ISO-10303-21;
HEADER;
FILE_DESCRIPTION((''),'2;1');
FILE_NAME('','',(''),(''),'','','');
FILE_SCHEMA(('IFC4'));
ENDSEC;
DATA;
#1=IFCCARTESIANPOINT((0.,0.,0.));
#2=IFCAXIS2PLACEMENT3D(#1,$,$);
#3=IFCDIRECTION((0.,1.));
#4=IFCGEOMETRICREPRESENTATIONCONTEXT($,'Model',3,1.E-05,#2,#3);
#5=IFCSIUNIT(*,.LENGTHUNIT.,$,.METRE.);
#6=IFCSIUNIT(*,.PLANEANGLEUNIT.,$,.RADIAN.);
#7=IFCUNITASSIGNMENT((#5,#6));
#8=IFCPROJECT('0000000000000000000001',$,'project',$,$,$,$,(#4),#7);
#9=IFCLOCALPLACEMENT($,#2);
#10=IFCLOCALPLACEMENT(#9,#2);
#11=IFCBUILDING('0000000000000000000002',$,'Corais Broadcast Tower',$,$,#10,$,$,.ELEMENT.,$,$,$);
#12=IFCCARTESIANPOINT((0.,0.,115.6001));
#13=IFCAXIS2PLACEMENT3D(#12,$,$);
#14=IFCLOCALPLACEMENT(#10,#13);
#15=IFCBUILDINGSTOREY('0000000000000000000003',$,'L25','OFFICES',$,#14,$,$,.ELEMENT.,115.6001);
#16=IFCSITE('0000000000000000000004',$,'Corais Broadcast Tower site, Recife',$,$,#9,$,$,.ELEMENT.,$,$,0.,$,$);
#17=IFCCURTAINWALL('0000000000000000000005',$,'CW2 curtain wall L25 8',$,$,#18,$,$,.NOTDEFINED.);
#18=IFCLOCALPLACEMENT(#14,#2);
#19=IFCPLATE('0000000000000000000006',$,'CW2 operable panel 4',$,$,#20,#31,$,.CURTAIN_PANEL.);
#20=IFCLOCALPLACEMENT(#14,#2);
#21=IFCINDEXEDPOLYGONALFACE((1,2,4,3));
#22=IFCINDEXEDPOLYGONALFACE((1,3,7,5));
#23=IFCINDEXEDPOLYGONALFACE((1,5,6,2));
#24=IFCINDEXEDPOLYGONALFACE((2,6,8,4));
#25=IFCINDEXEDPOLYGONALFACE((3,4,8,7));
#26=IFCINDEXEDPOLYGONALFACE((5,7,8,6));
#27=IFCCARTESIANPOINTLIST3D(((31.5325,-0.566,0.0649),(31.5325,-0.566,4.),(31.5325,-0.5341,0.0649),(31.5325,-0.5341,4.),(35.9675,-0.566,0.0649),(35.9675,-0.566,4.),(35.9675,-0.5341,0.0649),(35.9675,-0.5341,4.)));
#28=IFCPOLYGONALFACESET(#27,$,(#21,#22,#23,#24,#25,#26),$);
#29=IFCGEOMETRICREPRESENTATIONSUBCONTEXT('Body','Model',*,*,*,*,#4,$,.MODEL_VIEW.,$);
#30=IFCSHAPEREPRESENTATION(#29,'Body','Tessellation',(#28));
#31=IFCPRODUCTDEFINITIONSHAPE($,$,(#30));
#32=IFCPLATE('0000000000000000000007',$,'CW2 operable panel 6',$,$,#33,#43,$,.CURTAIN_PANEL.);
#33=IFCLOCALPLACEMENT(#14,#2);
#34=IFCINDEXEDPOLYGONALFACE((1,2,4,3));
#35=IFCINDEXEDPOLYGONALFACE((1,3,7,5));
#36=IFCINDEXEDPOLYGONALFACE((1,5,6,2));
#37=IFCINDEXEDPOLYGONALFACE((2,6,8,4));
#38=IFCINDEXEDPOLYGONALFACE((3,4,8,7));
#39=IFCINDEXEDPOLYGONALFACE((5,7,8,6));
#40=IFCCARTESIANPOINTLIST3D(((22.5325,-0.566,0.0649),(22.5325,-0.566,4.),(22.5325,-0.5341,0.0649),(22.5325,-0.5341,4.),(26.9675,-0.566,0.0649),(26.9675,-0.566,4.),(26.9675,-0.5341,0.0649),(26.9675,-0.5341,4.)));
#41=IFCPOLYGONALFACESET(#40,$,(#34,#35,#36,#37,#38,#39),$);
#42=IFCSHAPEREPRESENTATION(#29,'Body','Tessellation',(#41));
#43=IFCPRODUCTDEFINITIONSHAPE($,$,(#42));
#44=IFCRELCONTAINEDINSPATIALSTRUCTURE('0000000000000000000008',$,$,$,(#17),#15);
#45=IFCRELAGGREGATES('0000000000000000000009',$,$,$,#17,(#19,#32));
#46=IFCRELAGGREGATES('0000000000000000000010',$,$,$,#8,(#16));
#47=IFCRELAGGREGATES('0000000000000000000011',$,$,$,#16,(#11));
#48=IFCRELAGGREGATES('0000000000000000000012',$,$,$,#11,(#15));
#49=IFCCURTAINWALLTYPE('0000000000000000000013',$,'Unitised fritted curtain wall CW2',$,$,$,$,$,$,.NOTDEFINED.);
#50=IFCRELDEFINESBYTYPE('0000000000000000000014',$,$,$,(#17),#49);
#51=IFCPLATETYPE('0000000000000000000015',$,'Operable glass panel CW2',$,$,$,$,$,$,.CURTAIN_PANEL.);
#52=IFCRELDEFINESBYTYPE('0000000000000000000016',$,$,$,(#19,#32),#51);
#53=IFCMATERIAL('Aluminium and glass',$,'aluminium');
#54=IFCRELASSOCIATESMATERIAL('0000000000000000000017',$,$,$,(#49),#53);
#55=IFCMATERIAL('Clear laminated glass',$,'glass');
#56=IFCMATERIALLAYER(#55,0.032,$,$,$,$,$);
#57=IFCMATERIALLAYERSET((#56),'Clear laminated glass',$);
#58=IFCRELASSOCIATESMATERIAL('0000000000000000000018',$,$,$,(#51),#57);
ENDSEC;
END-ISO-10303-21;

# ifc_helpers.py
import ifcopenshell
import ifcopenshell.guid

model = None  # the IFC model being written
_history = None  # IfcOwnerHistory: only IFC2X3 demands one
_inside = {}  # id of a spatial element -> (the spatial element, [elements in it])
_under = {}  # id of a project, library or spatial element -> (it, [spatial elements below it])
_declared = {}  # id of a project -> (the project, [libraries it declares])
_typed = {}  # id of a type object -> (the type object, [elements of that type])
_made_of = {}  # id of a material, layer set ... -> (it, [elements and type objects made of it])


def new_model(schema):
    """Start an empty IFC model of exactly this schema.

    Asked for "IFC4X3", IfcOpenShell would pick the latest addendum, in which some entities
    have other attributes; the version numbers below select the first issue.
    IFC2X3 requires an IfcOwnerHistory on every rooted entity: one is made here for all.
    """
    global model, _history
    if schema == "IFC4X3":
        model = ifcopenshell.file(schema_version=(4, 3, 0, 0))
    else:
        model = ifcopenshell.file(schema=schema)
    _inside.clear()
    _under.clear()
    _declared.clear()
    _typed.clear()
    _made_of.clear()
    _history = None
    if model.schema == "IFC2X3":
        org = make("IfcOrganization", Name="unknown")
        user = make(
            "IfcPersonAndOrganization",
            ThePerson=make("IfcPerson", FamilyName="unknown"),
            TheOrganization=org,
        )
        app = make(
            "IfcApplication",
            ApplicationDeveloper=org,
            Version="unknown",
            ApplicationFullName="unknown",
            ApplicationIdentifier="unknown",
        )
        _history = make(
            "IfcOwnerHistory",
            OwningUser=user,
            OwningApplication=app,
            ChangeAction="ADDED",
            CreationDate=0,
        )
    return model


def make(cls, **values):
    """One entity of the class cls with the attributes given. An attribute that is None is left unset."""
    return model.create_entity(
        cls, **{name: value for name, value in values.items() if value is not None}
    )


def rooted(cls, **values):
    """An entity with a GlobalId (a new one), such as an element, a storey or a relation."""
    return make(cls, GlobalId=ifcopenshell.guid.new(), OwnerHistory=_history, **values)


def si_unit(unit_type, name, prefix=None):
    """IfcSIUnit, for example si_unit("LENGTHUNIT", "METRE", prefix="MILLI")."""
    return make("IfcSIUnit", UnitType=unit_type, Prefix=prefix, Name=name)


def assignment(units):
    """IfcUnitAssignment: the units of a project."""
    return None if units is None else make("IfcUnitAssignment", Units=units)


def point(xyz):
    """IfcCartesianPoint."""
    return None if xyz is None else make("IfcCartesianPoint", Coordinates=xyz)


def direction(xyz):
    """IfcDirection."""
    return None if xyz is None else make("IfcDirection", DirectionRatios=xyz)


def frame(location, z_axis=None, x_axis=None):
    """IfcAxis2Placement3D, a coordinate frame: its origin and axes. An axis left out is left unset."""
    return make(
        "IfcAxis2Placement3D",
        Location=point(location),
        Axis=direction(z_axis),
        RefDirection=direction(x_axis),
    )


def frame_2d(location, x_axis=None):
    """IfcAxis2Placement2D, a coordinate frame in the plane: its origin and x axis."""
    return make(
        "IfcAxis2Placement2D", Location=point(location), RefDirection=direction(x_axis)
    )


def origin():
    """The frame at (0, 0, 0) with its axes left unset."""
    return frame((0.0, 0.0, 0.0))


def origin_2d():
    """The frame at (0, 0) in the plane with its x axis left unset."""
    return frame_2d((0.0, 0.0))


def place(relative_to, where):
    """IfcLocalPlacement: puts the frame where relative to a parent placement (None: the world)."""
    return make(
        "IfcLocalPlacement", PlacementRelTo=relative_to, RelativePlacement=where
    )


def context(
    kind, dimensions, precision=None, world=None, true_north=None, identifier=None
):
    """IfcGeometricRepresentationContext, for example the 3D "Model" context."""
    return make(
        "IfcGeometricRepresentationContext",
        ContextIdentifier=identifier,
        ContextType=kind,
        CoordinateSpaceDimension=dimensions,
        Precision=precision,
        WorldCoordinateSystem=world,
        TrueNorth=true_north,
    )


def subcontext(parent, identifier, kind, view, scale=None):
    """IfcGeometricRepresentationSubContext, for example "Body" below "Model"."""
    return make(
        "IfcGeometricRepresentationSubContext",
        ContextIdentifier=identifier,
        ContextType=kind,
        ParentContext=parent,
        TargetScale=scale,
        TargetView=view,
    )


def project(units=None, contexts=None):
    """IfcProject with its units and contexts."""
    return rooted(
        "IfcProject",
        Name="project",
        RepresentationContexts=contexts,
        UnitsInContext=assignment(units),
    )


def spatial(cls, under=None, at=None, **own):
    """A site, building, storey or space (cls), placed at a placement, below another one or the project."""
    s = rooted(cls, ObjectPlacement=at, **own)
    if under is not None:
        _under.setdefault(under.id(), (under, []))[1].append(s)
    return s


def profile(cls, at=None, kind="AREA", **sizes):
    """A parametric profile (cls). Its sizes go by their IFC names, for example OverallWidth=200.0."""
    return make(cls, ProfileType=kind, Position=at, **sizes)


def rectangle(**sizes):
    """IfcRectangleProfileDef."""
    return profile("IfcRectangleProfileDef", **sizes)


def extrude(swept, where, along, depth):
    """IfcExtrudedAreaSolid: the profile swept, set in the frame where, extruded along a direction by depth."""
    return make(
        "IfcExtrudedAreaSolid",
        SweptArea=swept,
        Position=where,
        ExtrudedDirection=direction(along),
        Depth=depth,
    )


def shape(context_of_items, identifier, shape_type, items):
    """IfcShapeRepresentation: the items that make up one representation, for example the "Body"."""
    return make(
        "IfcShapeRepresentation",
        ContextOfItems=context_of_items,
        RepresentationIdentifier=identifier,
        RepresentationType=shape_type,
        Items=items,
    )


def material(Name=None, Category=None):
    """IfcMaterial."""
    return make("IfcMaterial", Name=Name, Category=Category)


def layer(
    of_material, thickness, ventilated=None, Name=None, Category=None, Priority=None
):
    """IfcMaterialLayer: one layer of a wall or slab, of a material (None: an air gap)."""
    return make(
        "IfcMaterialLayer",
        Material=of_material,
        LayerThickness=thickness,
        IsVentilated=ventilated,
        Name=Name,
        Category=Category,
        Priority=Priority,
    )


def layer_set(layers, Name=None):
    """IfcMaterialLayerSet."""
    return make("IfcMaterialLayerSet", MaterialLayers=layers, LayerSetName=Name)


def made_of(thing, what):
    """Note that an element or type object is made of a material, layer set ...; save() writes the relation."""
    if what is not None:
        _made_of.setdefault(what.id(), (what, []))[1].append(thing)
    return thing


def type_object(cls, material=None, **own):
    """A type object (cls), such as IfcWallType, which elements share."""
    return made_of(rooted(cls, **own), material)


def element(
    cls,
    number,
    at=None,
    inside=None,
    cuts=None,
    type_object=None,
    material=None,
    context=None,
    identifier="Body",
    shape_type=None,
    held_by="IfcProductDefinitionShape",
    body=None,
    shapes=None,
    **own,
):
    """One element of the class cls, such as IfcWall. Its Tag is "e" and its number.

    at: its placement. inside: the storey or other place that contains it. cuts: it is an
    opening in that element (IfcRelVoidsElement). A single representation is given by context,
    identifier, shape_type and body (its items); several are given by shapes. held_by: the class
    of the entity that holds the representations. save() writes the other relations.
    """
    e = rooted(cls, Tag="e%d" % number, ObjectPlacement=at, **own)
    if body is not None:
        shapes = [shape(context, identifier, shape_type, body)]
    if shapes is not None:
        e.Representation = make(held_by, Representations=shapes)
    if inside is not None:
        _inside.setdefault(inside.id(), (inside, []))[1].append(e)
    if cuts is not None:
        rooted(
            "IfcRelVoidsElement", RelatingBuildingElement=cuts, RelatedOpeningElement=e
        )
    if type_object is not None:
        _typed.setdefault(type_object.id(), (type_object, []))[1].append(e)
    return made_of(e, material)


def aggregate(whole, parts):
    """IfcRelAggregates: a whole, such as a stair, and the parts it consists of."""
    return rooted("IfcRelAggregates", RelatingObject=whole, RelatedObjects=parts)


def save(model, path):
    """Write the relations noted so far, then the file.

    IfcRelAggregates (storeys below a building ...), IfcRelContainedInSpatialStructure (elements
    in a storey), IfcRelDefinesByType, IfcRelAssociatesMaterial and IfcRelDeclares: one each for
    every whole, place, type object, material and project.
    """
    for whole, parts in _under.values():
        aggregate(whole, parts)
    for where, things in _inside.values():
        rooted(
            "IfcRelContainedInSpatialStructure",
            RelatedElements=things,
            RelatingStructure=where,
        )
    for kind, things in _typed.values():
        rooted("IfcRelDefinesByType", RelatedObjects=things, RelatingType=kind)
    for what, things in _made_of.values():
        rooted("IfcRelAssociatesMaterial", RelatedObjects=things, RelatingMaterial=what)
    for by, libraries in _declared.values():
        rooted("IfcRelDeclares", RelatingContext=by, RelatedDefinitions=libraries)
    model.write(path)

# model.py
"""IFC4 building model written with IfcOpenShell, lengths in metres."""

from ifc_helpers import new_model, si_unit, direction, frame, origin, origin_2d, place, context, subcontext, project, spatial, rectangle, extrude, material, layer, layer_set, type_object, element, aggregate, save


model = new_model("IFC4")

# Units and contexts
model_context = context("Model", 3, precision=1e-05, world=origin(), true_north=direction((0.0, 1.0)))
body_context = subcontext(model_context, "Body", "Model", "MODEL_VIEW")
ifc_project = project(units=[si_unit("LENGTHUNIT", "METRE"), si_unit("PLANEANGLEUNIT", "RADIAN")], contexts=[model_context])

# Site, building, storey
site_placement = place(None, origin())
site = spatial("IfcSite", under=ifc_project, at=site_placement, Name="Corais Broadcast Tower site, Recife", CompositionType="ELEMENT", RefElevation=0.0)
building_placement = place(site_placement, origin())
building = spatial("IfcBuilding", under=site, at=building_placement, Name="Corais Broadcast Tower", CompositionType="ELEMENT")
storey_placement = place(building_placement, frame((0.0, 0.0, 115.6001)))
storey = spatial("IfcBuildingStorey", under=building, at=storey_placement, Name="L25", Description="OFFICES", CompositionType="ELEMENT", Elevation=115.6001)

# Curtain wall
ifc_material_1 = material(Name="Aluminium and glass", Category="aluminium")
curtain_wall_type = type_object("IfcCurtainWallType", Name="Unitised fritted curtain wall CW2", PredefinedType="NOTDEFINED", material=ifc_material_1)
curtain_wall_placement = place(storey_placement, origin())
curtain_wall = element("IfcCurtainWall", 1, at=curtain_wall_placement, inside=storey, type_object=curtain_wall_type, Name="CW2 curtain wall L25 8", PredefinedType="NOTDEFINED")

# Plates
ifc_material_2 = material(Name="Clear laminated glass", Category="glass")
ifc_layer_1 = layer(ifc_material_2, 0.032)
ifc_layer_set_1 = layer_set([ifc_layer_1], Name="Clear laminated glass")
plate_type_1 = type_object("IfcPlateType", Name="Operable glass panel CW2", PredefinedType="CURTAIN_PANEL", material=ifc_layer_set_1)
plate_1_placement = place(storey_placement, frame((33.75, -0.55, 0.0649), z_axis=(0.0, 0.0, 1.0), x_axis=(-1.0, 0.0, 0.0)))
plate_1 = element("IfcPlate", 2, at=plate_1_placement, type_object=plate_type_1, Name="CW2 operable panel 4", PredefinedType="CURTAIN_PANEL", context=body_context, shape_type="SweptSolid", body=[
    extrude(rectangle(XDim=4.4351, YDim=0.032, at=origin_2d()), origin(), (0.0, 0.0, 1.0), 3.9351),
])
plate_2_placement = place(storey_placement, frame((24.75, -0.55, 0.0649), z_axis=(0.0, 0.0, 1.0), x_axis=(-1.0, 0.0, 0.0)))
plate_2 = element("IfcPlate", 3, at=plate_2_placement, type_object=plate_type_1, Name="CW2 operable panel 6", PredefinedType="CURTAIN_PANEL", context=body_context, shape_type="SweptSolid", body=[
    extrude(rectangle(XDim=4.4351, YDim=0.032, at=origin_2d()), origin(), (0.0, 0.0, 1.0), 3.9351),
])
aggregate(curtain_wall, [plate_1, plate_2])

save(model, "model.ifc")
